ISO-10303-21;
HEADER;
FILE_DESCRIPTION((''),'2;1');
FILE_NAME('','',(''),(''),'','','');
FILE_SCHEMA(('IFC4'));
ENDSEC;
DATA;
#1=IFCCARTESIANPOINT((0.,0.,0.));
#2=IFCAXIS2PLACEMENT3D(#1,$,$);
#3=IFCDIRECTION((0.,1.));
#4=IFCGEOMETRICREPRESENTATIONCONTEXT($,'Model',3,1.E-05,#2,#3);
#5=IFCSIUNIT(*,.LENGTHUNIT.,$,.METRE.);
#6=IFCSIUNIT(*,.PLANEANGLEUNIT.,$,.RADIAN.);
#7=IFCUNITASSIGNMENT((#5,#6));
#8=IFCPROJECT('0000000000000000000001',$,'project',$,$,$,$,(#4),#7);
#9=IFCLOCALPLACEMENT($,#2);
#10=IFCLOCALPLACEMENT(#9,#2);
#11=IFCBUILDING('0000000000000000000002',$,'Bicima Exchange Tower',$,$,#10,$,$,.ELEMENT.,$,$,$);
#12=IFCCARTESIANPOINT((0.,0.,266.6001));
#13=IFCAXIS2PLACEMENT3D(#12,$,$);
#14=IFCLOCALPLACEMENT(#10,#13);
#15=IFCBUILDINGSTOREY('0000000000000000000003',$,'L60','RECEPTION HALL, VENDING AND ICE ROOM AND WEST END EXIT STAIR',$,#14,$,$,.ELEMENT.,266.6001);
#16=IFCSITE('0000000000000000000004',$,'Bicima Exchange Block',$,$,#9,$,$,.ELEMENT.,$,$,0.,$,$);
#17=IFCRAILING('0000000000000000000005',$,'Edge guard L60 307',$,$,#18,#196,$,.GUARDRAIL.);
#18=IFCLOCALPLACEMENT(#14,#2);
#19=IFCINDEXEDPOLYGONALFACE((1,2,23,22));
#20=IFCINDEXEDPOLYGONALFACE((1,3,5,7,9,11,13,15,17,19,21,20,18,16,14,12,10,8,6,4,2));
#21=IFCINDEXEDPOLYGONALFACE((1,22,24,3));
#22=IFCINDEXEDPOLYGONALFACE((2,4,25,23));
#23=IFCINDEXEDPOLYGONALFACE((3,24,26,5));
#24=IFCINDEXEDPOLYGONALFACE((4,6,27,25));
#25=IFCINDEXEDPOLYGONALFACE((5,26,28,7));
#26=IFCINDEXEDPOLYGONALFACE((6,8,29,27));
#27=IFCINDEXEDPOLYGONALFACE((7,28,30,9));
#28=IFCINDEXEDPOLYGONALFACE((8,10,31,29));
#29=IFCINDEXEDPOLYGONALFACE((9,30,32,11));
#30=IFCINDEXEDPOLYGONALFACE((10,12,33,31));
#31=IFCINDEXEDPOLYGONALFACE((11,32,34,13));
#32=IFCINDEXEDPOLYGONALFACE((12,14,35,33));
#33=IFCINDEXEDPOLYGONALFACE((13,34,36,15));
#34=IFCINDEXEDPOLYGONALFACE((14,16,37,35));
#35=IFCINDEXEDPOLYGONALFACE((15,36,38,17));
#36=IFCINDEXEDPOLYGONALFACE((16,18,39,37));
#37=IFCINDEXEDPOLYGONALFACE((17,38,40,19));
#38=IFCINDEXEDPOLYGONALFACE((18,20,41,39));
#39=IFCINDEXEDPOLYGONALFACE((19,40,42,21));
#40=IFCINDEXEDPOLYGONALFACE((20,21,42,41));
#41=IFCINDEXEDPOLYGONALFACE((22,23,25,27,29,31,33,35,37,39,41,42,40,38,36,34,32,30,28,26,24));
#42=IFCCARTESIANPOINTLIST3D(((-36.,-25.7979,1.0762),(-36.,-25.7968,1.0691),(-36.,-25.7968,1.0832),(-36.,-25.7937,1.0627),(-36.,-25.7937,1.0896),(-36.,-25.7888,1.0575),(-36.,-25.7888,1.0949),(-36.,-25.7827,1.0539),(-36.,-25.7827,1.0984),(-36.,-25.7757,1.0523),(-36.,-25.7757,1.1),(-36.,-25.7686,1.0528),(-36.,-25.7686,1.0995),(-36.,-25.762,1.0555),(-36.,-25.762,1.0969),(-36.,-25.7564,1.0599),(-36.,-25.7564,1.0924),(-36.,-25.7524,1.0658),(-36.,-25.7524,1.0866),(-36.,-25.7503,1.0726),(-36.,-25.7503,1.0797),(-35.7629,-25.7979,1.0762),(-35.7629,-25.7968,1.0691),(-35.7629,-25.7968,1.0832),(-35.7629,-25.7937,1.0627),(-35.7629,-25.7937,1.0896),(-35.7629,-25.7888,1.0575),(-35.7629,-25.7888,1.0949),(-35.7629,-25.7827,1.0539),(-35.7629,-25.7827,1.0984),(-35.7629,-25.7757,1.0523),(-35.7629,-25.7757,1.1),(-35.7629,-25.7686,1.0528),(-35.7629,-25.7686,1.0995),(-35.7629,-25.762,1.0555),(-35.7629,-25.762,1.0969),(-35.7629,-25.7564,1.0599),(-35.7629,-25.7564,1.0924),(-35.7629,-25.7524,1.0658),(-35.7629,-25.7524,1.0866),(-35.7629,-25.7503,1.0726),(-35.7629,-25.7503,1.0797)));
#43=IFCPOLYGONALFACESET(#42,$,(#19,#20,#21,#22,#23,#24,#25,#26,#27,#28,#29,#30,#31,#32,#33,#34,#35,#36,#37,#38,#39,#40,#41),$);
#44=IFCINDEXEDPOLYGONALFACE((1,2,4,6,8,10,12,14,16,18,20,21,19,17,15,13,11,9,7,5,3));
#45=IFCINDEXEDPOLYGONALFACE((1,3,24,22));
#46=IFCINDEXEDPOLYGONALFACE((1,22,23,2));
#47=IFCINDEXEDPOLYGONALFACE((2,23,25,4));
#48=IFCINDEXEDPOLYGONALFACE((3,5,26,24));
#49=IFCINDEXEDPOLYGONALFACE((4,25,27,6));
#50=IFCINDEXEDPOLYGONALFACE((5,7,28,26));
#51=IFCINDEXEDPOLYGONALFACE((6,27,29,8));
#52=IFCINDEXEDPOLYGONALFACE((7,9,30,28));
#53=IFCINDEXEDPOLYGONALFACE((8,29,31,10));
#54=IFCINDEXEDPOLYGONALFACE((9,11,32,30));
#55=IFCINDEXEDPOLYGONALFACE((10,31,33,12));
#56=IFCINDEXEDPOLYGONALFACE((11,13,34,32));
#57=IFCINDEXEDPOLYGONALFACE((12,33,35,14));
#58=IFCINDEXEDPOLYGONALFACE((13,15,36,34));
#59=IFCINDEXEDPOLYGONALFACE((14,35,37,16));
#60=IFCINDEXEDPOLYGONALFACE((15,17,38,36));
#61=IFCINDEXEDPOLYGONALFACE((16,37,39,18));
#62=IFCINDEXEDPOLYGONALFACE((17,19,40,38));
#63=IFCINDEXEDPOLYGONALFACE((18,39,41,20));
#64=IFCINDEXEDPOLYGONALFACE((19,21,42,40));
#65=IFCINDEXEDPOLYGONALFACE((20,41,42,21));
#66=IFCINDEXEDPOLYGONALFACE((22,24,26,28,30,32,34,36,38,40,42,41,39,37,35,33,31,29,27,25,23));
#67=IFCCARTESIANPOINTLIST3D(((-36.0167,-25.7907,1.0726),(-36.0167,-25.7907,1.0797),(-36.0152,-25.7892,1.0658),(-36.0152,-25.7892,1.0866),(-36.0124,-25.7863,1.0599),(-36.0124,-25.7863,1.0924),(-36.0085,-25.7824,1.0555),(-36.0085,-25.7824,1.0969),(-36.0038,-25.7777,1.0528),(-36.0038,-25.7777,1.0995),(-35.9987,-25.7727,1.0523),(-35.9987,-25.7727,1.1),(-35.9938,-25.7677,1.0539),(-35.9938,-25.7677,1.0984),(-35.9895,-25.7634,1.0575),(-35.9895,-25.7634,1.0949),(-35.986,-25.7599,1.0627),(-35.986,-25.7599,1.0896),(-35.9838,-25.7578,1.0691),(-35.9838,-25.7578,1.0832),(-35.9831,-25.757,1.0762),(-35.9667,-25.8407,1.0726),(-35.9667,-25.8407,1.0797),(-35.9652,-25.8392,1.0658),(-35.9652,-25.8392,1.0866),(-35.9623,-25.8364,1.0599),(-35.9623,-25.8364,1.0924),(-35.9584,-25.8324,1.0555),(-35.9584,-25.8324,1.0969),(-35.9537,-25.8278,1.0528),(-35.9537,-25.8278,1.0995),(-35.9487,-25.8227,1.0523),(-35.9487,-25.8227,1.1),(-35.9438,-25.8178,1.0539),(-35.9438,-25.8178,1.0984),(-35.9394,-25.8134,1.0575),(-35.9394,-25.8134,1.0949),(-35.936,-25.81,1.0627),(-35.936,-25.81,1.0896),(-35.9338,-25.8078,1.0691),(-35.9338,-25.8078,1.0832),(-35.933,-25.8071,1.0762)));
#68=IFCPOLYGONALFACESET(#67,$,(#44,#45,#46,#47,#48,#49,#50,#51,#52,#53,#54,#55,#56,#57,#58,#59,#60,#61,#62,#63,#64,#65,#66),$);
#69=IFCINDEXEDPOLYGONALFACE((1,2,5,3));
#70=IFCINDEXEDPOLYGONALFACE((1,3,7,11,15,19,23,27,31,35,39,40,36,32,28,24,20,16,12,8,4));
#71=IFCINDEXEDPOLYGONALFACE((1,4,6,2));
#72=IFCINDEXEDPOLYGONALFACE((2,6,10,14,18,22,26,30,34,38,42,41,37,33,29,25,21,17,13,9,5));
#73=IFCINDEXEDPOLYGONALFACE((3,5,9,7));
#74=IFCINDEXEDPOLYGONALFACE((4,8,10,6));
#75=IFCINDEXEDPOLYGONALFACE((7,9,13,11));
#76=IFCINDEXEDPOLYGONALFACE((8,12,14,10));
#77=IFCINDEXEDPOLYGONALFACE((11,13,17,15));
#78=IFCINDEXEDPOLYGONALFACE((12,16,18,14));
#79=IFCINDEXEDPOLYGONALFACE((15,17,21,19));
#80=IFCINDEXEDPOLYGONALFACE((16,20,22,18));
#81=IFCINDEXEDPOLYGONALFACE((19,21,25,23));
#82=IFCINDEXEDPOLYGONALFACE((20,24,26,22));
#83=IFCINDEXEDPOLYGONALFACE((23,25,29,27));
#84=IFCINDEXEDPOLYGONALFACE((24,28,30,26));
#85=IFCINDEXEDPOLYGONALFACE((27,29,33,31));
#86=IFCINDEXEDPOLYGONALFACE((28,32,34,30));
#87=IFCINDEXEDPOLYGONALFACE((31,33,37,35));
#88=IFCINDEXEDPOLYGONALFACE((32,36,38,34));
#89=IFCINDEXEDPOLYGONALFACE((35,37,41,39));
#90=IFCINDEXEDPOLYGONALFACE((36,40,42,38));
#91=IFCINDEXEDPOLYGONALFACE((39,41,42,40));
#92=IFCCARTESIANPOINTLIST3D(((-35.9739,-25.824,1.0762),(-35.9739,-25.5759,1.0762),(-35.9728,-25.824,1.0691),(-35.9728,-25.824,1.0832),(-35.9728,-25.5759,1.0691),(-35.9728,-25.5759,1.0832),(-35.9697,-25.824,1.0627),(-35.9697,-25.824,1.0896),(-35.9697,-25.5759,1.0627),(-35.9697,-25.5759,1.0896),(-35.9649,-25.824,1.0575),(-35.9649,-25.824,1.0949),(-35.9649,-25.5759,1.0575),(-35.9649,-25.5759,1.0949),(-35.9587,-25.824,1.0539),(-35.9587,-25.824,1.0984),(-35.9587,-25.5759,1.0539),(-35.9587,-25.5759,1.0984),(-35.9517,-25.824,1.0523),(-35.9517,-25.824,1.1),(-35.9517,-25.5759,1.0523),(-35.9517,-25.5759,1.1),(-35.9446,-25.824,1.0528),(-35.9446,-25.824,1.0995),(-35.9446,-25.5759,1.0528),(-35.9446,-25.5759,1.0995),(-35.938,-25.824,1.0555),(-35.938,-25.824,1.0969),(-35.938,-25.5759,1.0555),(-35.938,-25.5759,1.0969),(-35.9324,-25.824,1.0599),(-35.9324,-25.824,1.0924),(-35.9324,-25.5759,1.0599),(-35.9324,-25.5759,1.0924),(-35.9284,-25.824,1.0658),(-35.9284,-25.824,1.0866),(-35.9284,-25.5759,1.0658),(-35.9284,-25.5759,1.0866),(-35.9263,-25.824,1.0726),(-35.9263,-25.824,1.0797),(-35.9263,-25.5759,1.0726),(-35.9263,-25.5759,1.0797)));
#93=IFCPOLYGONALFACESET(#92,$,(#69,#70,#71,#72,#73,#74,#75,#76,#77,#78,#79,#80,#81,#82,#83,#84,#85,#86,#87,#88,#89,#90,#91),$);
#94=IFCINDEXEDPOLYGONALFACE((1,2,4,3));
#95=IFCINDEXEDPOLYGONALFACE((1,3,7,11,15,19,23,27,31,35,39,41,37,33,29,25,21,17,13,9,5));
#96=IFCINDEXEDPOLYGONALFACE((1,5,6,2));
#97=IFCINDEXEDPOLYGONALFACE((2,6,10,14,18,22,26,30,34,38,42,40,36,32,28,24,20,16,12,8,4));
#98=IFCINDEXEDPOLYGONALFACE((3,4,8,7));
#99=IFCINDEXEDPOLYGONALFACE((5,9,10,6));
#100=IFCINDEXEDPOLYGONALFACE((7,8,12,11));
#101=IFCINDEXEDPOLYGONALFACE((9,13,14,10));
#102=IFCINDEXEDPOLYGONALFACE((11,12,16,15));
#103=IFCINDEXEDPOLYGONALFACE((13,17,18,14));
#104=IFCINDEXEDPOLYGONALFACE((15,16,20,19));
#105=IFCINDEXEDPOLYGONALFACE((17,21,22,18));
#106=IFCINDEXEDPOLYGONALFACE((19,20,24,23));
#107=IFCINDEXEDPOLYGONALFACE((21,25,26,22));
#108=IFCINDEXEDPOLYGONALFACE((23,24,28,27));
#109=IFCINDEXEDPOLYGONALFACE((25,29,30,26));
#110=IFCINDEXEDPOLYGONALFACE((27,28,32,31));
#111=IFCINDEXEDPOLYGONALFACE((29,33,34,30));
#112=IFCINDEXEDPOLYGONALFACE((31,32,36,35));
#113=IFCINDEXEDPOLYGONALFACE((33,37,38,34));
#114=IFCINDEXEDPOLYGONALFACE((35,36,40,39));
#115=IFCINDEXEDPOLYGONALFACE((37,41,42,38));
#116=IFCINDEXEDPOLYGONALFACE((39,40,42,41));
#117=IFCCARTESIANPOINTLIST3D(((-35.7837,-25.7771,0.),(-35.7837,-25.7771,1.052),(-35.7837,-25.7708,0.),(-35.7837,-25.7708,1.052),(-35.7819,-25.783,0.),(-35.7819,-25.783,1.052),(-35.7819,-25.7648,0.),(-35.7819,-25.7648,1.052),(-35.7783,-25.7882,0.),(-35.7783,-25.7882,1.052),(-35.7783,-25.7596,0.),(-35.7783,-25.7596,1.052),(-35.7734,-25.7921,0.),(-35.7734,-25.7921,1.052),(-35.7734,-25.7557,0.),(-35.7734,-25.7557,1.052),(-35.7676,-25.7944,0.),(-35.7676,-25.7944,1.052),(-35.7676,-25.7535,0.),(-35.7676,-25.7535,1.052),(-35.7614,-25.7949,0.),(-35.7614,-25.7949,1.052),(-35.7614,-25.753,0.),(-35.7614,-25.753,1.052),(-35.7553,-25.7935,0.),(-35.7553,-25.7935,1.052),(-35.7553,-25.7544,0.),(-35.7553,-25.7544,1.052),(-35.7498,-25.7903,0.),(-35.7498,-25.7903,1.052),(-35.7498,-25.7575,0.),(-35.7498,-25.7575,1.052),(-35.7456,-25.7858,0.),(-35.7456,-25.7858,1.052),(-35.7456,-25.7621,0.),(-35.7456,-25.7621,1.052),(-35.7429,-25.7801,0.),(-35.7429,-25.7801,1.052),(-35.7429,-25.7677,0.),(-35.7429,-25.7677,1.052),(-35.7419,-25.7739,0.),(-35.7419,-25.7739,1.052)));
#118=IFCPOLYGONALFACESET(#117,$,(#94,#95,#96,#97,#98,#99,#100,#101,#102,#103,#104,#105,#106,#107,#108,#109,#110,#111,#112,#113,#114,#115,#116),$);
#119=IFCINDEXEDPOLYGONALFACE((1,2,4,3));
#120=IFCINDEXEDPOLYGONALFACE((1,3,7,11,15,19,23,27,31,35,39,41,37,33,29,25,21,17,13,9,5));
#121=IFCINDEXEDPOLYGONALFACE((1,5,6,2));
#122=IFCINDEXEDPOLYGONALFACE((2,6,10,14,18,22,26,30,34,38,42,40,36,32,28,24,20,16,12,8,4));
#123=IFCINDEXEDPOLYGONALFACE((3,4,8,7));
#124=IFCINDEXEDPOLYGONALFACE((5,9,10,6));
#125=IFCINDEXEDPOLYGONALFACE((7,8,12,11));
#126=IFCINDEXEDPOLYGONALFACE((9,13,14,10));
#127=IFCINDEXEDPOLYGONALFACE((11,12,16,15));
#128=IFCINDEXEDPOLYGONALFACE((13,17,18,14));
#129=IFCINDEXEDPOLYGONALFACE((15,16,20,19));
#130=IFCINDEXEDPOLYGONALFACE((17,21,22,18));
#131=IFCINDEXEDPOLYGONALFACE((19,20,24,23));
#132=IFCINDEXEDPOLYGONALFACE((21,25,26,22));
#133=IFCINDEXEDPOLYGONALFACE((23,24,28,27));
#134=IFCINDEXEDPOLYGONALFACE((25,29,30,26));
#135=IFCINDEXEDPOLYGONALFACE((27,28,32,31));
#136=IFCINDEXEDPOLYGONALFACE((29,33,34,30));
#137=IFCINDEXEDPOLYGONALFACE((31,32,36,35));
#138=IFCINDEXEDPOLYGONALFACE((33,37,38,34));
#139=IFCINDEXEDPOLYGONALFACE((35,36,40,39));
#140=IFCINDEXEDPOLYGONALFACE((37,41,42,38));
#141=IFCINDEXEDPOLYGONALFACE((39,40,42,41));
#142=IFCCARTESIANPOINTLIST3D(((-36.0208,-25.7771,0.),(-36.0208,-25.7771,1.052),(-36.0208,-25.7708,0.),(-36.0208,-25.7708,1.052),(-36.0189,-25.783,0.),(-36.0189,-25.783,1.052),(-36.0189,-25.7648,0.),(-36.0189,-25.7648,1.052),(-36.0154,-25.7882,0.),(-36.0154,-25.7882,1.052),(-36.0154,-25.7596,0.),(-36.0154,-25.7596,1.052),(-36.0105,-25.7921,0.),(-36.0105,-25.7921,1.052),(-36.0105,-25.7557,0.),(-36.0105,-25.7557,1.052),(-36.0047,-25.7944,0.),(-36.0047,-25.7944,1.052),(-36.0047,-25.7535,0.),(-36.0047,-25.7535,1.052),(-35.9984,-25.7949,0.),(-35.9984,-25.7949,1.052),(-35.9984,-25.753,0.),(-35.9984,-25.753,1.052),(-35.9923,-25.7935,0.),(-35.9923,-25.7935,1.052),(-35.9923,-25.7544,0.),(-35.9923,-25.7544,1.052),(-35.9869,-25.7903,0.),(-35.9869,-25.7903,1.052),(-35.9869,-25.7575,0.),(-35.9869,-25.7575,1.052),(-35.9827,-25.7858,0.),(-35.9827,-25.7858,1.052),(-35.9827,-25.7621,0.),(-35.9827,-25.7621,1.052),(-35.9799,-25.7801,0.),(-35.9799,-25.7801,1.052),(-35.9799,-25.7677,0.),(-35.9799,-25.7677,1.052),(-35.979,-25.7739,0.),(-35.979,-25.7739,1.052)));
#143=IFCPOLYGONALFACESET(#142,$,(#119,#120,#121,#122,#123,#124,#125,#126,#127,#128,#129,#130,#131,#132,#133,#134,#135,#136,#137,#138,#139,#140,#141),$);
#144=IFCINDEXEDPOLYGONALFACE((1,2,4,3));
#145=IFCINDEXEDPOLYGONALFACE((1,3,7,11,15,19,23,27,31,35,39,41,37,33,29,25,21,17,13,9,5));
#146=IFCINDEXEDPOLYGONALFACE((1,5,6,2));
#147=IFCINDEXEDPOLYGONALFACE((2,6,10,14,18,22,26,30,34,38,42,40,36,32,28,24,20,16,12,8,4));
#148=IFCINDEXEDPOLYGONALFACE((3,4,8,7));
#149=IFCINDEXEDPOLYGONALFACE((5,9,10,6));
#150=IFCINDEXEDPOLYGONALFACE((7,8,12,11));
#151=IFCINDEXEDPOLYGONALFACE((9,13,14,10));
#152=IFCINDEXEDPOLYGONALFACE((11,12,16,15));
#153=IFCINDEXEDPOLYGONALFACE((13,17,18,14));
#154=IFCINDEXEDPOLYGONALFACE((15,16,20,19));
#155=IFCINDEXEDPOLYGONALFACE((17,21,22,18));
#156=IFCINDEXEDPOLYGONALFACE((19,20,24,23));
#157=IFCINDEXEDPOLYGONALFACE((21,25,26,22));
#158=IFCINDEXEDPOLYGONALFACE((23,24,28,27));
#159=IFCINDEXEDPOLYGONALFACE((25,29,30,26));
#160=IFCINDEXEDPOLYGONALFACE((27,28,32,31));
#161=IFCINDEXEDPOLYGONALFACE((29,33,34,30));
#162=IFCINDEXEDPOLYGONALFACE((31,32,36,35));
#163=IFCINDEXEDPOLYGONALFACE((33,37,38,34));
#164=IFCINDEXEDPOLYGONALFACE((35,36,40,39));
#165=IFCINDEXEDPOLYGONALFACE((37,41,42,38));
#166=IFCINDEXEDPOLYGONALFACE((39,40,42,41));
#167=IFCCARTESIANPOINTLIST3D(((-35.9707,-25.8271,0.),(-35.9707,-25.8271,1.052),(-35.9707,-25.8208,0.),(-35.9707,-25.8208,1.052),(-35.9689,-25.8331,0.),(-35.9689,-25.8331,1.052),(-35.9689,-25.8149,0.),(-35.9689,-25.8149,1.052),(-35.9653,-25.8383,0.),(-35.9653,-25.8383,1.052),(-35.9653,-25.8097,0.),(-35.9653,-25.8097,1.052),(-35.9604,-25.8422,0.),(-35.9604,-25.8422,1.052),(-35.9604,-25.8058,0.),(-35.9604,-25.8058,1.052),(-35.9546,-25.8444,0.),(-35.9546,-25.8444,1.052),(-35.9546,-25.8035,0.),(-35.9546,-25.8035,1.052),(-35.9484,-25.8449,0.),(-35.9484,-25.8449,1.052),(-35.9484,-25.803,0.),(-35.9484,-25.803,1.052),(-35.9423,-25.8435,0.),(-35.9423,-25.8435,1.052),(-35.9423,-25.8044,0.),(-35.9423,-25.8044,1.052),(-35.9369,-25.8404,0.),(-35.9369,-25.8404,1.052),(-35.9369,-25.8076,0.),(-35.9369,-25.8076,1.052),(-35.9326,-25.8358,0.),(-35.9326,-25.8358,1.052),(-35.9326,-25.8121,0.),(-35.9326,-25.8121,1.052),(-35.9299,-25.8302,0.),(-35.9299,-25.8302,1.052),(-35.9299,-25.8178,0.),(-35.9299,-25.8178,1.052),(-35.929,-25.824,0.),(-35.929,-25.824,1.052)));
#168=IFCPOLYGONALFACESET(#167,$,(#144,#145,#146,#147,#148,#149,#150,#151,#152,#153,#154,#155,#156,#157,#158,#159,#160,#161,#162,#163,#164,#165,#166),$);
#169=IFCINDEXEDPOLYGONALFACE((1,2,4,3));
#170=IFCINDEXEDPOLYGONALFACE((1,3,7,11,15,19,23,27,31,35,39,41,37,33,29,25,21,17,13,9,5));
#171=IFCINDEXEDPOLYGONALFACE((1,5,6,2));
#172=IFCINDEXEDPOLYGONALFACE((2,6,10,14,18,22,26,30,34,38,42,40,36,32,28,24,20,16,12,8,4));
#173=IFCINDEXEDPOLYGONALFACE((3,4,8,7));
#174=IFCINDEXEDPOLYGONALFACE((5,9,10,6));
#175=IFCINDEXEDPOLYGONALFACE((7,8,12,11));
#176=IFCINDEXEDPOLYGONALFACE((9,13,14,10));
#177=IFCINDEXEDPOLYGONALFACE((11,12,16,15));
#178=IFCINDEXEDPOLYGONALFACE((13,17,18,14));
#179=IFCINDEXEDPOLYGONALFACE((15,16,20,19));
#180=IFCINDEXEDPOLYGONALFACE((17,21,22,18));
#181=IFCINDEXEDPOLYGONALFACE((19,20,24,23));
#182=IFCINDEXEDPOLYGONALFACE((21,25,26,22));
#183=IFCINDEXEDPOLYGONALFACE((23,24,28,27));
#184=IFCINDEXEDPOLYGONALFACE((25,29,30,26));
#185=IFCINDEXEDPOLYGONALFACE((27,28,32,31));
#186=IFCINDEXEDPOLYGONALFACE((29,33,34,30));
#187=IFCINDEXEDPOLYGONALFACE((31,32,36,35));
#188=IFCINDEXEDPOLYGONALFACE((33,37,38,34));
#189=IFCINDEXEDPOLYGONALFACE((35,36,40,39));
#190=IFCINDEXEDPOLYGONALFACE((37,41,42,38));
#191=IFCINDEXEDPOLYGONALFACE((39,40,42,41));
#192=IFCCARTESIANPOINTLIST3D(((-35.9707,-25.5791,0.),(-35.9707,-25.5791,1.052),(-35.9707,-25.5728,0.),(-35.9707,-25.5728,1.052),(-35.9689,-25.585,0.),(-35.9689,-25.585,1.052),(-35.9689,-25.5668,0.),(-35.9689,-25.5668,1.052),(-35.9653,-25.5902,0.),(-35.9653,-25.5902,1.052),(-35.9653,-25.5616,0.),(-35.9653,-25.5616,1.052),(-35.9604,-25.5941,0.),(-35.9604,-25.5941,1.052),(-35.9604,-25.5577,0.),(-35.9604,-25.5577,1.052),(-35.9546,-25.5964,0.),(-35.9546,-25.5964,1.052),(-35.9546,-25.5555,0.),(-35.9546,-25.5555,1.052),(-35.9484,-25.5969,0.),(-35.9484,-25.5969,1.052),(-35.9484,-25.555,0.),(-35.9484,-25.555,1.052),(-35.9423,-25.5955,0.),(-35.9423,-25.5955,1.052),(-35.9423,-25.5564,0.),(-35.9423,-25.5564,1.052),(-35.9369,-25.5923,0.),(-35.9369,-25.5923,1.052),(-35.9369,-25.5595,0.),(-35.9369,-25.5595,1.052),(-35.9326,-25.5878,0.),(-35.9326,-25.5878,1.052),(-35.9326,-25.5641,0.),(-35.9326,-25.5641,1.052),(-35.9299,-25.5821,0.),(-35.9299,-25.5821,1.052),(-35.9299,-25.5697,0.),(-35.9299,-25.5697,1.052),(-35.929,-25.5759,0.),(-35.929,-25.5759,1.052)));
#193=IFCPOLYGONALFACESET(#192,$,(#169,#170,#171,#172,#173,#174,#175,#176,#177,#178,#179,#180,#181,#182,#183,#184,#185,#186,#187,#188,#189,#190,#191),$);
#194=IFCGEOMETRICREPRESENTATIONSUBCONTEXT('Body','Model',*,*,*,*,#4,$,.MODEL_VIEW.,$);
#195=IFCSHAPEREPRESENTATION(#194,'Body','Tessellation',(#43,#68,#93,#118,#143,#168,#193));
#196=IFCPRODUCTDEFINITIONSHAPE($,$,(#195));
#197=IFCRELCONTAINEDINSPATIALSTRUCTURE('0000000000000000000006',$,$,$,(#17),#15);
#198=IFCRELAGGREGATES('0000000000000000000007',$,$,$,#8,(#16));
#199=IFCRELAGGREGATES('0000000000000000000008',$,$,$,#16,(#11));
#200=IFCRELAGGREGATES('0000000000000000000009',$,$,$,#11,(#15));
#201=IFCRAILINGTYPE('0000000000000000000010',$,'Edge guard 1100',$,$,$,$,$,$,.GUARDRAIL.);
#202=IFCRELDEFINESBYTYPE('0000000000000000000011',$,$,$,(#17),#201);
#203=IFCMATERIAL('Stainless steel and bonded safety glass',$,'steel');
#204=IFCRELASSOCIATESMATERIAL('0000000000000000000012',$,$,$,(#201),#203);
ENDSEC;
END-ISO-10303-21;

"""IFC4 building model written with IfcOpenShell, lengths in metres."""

from ifc_helpers import new_model, si_unit, direction, frame, origin, origin_2d, place, context, subcontext, project, spatial, circle, extrude, material, type_object, element, save


model = new_model("IFC4")

# Units and contexts
model_context = context("Model", 3, precision=1e-05, world=origin(), true_north=direction((0.0, 1.0)))
body_context = subcontext(model_context, "Body", "Model", "MODEL_VIEW")
ifc_project = project(units=[si_unit("LENGTHUNIT", "METRE"), si_unit("PLANEANGLEUNIT", "RADIAN")], contexts=[model_context])

# Site, building, storey
site_placement = place(None, origin())
site = spatial("IfcSite", under=ifc_project, at=site_placement, Name="Bicima Exchange Block", CompositionType="ELEMENT", RefElevation=0.0)
building_placement = place(site_placement, origin())
building = spatial("IfcBuilding", under=site, at=building_placement, Name="Bicima Exchange Tower", CompositionType="ELEMENT")
storey_placement = place(building_placement, frame((0.0, 0.0, 266.6001)))
storey = spatial("IfcBuildingStorey", under=building, at=storey_placement, Name="L60", Description="RECEPTION HALL, VENDING AND ICE ROOM AND WEST END EXIT STAIR", CompositionType="ELEMENT", Elevation=266.6001)

# Railing
ifc_material_1 = material(Name="Stainless steel and bonded safety glass", Category="steel")
railing_type = type_object("IfcRailingType", Name="Edge guard 1100", PredefinedType="GUARDRAIL", material=ifc_material_1)
railing_placement = place(storey_placement, frame((-35.7629, -25.7739, 0.0)))
element("IfcRailing", 1, at=railing_placement, inside=storey, type_object=railing_type, Name="Edge guard L60 307", PredefinedType="GUARDRAIL", context=body_context, shape_type="SweptSolid", body=[
    extrude(circle(Radius=0.0239, at=origin_2d()), frame((0.0, 0.0, 1.0762), z_axis=(-1.0, 0.0, 0.0), x_axis=(0.0, -1.0, 0.0)), (0.0, 0.0, 1.0), 0.2371),
    extrude(circle(Radius=0.0239, at=origin_2d()), frame((-0.2371, 0.0, 1.0762), z_axis=(0.707107, -0.707107, 0.0), x_axis=(0.707107, 0.707107, 0.0)), (0.0, 0.0, 1.0), 0.0708),
    extrude(circle(Radius=0.0239, at=origin_2d()), frame((-0.187, -0.05, 1.0762), z_axis=(0.0, 1.0, 0.0), x_axis=(-1.0, 0.0, 0.0)), (0.0, 0.0, 1.0), 0.248),
    extrude(circle(Radius=0.021, at=origin_2d()), origin(), (0.0, 0.0, 1.0), 1.052),
    extrude(circle(Radius=0.021, at=origin_2d()), frame((-0.2371, 0.0, 0.0)), (0.0, 0.0, 1.0), 1.052),
    extrude(circle(Radius=0.021, at=origin_2d()), frame((-0.187, -0.05, 0.0)), (0.0, 0.0, 1.0), 1.052),
    extrude(circle(Radius=0.021, at=origin_2d()), frame((-0.187, 0.198, 0.0)), (0.0, 0.0, 1.0), 1.052),
])

save(model, "model.ifc")
